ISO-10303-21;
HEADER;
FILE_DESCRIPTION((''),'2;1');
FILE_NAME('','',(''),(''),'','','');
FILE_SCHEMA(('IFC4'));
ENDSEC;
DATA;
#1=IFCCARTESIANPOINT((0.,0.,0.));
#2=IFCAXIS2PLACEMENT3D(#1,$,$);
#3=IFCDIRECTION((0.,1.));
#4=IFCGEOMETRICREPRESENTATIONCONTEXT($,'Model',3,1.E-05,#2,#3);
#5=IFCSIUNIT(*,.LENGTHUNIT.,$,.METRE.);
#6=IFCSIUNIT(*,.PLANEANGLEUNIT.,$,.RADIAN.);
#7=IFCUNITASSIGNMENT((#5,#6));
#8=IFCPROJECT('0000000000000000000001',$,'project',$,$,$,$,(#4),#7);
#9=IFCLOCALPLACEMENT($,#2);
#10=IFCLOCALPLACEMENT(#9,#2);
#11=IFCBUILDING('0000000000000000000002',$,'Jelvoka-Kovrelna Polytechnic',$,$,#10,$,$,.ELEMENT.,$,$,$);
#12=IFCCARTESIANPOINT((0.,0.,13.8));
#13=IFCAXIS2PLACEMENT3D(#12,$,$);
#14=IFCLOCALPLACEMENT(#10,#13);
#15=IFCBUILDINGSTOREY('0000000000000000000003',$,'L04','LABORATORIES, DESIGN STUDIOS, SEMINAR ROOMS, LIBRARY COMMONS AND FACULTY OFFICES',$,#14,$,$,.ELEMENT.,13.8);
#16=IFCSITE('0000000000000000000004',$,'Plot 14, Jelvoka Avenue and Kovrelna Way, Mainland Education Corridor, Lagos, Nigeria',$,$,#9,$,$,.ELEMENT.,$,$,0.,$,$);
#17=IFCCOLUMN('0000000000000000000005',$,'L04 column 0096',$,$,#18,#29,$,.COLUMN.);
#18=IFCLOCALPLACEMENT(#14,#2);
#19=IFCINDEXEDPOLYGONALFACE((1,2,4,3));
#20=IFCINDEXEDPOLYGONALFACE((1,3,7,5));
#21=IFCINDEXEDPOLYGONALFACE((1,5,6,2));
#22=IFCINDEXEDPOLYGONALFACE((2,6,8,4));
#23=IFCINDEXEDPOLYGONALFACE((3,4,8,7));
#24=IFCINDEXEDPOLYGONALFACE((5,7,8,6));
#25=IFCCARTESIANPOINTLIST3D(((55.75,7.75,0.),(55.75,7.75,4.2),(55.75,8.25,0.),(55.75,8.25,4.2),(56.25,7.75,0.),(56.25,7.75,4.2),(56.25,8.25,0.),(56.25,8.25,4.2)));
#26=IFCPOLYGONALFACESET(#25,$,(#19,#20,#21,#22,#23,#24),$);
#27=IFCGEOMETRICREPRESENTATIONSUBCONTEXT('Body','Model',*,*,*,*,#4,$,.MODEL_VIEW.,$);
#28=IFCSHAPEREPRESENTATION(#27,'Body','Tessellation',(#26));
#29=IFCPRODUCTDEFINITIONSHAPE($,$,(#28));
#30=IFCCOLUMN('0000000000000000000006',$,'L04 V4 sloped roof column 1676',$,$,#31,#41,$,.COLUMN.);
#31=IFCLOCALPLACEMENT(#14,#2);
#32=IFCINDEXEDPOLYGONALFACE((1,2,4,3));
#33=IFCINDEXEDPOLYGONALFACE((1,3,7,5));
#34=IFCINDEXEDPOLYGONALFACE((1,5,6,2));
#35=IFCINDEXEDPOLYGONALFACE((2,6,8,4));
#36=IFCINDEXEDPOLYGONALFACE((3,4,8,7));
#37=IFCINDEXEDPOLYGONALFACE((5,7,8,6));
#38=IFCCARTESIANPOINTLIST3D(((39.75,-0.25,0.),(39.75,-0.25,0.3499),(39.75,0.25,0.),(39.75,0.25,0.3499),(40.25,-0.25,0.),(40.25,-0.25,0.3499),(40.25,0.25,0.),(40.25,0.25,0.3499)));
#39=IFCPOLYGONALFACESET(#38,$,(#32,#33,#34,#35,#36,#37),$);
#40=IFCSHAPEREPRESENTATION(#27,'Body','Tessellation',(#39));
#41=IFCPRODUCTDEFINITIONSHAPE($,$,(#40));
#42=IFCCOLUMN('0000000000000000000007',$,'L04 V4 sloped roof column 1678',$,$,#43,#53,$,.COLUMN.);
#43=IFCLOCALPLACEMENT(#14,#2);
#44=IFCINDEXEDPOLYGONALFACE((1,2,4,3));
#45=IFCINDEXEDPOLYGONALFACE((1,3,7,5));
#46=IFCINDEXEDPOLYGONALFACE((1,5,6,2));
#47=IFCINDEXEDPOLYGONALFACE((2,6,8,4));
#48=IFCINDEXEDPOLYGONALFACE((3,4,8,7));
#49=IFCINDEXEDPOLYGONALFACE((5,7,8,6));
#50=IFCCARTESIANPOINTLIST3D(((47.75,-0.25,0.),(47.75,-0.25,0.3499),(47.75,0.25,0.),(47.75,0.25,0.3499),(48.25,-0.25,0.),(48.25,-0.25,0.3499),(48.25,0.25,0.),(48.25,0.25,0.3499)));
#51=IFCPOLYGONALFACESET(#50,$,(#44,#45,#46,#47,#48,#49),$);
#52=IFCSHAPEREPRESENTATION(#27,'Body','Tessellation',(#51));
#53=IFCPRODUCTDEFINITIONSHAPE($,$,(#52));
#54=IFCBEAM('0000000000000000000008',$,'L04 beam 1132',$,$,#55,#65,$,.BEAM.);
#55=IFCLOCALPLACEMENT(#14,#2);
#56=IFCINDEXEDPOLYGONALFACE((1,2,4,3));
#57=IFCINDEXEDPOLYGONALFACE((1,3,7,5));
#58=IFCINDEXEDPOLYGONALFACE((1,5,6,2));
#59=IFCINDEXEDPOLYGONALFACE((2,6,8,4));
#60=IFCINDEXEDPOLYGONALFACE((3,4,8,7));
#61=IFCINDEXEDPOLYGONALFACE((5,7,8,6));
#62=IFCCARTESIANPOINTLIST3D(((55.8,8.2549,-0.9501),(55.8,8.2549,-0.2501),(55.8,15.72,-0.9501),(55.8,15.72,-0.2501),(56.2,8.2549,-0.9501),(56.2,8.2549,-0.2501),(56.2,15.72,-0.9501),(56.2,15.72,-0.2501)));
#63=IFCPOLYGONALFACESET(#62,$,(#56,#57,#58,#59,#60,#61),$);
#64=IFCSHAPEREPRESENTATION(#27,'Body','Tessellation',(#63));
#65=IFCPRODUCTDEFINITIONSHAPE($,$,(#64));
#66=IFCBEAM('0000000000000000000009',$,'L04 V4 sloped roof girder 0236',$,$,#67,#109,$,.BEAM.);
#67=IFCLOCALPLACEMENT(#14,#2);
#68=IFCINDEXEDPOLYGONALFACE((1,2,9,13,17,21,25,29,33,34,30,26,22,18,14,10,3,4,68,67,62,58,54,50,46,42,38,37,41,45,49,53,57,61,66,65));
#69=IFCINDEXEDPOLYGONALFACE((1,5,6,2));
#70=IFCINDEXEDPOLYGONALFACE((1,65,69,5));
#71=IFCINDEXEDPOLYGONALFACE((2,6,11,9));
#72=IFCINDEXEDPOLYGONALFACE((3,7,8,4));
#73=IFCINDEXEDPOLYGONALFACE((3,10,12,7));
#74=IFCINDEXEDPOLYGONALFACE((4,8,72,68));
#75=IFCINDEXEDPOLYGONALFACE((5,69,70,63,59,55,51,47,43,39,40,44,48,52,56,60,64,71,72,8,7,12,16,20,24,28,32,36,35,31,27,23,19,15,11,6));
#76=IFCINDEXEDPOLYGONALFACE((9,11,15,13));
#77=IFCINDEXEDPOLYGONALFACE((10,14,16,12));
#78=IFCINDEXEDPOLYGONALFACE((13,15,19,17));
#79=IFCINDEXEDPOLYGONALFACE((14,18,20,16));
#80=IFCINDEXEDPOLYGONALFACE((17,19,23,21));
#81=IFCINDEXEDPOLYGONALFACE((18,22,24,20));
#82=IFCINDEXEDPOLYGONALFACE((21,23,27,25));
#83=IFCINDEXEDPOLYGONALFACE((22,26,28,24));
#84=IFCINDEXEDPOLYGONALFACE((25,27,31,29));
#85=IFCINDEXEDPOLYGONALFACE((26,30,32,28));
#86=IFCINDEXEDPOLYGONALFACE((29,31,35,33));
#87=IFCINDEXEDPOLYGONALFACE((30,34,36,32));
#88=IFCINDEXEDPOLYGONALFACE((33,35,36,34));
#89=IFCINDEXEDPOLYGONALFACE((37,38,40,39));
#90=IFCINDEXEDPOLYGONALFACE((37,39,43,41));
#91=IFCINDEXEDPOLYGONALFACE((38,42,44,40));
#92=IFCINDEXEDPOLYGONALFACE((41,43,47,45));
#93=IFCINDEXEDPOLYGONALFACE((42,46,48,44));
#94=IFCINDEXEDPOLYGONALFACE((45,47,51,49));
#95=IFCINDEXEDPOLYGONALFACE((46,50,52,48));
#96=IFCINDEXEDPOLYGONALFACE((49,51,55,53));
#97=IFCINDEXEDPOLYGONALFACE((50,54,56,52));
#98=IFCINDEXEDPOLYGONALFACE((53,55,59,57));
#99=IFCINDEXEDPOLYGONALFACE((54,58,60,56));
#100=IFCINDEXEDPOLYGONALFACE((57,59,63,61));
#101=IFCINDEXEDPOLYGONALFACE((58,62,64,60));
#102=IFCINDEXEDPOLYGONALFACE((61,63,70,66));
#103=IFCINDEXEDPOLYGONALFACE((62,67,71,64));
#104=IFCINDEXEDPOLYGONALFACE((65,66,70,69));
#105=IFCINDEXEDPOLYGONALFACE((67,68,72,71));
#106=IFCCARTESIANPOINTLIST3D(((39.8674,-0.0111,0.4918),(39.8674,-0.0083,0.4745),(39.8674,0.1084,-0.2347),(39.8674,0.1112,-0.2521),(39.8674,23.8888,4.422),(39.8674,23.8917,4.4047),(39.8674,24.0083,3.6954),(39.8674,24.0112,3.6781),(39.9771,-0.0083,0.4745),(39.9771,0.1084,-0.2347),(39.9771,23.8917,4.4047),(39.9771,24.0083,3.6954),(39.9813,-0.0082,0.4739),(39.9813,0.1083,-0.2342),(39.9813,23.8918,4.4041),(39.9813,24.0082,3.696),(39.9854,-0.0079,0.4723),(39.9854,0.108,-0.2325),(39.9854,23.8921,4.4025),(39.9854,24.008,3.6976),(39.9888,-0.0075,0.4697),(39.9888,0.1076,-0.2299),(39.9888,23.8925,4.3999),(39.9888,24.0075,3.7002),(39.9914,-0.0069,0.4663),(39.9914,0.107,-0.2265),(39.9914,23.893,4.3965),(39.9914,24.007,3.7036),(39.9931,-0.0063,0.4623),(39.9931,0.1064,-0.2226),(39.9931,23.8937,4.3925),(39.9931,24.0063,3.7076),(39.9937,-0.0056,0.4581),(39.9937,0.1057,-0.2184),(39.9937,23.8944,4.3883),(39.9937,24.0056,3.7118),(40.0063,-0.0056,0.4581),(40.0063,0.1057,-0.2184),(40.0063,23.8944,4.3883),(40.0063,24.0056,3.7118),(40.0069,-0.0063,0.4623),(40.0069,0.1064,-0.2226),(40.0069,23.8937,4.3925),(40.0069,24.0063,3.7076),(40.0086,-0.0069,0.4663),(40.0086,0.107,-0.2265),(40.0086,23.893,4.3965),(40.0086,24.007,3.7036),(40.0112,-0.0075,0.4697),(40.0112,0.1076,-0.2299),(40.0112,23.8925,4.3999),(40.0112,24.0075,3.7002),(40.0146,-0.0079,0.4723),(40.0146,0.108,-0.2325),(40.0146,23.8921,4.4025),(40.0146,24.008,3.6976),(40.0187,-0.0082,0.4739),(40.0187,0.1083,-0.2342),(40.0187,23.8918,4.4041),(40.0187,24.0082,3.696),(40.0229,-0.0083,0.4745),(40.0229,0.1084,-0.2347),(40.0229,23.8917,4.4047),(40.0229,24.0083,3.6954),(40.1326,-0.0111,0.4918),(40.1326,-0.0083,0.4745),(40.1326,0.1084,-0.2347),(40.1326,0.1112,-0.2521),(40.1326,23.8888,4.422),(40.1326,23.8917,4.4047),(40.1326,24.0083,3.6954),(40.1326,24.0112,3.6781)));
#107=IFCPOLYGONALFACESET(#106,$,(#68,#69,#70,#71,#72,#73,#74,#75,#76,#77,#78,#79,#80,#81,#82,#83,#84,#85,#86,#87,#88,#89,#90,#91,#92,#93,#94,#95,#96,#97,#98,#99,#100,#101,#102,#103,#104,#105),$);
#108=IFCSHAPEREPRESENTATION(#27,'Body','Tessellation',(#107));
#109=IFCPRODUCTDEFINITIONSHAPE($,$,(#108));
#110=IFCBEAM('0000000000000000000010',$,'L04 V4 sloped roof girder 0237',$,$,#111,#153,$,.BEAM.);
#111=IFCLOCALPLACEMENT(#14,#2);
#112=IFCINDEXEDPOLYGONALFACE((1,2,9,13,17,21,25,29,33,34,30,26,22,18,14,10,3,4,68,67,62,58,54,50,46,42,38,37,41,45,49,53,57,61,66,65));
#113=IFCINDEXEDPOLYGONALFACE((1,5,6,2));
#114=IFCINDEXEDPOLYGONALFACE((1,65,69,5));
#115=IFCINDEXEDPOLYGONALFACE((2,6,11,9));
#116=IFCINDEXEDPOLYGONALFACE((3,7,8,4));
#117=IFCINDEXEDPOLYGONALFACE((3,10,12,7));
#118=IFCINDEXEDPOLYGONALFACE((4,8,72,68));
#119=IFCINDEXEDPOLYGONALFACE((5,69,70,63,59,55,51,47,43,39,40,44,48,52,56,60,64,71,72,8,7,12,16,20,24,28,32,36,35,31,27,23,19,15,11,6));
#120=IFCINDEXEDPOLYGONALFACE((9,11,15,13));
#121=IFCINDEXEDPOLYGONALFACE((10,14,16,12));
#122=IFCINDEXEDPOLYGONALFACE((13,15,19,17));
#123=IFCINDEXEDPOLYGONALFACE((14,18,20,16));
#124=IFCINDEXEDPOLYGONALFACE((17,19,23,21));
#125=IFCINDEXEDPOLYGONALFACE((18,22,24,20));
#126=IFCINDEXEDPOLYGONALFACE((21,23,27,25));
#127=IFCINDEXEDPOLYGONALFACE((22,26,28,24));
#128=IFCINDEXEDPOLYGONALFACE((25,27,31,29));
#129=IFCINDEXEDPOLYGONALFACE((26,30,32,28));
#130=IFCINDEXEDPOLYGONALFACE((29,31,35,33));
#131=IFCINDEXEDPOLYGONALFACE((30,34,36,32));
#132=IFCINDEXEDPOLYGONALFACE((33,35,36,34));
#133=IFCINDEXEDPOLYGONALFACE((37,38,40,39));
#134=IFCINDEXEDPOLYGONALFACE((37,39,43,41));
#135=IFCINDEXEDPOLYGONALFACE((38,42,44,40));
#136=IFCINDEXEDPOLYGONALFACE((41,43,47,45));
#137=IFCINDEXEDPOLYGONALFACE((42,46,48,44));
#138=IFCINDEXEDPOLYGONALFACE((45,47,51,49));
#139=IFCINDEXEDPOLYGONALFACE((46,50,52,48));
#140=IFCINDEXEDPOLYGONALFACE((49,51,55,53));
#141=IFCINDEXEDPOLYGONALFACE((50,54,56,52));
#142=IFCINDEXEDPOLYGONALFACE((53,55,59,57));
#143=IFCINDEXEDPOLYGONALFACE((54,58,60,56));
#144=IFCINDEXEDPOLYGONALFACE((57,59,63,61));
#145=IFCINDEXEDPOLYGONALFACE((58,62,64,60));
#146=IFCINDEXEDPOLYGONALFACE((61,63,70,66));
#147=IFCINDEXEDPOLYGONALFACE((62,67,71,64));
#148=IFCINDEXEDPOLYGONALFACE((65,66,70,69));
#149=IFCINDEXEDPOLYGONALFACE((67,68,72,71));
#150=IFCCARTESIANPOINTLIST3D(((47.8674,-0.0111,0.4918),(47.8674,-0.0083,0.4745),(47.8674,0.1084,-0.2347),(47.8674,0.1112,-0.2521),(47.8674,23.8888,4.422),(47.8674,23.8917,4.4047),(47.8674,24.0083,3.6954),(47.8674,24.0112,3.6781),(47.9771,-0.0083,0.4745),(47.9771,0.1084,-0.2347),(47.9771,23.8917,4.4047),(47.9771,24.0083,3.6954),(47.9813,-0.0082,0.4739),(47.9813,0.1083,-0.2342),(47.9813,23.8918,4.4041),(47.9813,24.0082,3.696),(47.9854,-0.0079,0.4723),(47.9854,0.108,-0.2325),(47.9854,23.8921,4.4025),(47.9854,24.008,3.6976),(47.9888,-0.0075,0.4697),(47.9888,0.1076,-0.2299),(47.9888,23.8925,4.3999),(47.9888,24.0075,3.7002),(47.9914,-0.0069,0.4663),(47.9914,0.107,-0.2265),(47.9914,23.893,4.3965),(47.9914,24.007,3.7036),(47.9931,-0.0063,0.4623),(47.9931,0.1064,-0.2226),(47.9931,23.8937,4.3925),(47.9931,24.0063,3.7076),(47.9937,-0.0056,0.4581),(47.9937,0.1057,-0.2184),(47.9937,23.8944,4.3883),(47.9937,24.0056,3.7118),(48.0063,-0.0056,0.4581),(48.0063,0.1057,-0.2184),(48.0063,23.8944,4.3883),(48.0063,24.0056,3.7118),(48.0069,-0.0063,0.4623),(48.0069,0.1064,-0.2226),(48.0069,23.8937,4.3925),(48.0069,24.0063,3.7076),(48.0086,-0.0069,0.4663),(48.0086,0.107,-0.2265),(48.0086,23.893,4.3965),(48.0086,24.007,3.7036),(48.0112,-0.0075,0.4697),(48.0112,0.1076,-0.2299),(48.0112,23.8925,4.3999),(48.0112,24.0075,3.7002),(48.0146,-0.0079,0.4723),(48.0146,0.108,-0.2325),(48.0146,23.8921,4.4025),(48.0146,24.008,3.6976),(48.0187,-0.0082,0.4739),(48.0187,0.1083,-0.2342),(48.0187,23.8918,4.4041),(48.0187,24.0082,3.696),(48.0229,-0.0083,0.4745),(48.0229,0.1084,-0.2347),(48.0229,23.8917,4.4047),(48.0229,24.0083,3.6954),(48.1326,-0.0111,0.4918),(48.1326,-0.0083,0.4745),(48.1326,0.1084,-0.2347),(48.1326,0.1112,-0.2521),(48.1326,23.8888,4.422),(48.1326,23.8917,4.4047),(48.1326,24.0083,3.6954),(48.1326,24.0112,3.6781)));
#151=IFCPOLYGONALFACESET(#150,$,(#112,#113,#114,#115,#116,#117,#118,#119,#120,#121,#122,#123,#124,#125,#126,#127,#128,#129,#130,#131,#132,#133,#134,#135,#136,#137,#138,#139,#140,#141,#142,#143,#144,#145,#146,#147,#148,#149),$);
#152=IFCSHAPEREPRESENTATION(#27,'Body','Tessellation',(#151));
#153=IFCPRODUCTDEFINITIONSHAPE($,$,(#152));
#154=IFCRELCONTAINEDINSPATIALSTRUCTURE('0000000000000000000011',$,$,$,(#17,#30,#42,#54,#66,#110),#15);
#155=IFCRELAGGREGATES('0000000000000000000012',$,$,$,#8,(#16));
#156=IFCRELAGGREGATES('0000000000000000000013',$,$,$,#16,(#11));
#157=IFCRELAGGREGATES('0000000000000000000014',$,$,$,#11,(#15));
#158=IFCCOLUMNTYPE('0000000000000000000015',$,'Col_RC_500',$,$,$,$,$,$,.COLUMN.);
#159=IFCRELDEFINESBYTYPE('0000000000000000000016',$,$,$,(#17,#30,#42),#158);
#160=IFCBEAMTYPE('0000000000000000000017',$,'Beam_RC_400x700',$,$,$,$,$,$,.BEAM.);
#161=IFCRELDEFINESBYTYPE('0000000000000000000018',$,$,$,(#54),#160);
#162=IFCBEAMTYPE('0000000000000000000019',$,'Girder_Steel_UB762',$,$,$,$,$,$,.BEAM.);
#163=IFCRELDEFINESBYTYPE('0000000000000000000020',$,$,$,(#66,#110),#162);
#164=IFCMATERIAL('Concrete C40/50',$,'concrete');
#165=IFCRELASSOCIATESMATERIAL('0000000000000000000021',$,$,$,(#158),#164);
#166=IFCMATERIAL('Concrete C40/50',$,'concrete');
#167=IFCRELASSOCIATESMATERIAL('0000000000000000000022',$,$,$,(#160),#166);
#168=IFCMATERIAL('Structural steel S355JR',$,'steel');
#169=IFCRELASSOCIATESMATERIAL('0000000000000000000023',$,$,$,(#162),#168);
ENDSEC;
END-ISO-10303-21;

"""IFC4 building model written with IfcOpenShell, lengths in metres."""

from ifc_helpers import new_model, si_unit, direction, frame, origin, origin_2d, place, context, subcontext, project, spatial, rectangle, i_section, extrude, material, material_profile, profile_set, type_object, element, save


model = new_model("IFC4")

# Units and contexts
model_context = context("Model", 3, precision=1e-05, world=origin(), true_north=direction((0.0, 1.0)))
body_context = subcontext(model_context, "Body", "Model", "MODEL_VIEW")
ifc_project = project(units=[si_unit("LENGTHUNIT", "METRE"), si_unit("PLANEANGLEUNIT", "RADIAN")], contexts=[model_context])

# Site, building, storey
site_placement = place(None, origin())
site = spatial("IfcSite", under=ifc_project, at=site_placement, Name="Plot 14, Jelvoka Avenue and Kovrelna Way, Mainland Education Corridor, Lagos, Nigeria", CompositionType="ELEMENT", RefElevation=0.0)
building_placement = place(site_placement, origin())
building = spatial("IfcBuilding", under=site, at=building_placement, Name="Jelvoka-Kovrelna Polytechnic", CompositionType="ELEMENT")
storey_placement = place(building_placement, frame((0.0, 0.0, 13.8)))
storey = spatial("IfcBuildingStorey", under=building, at=storey_placement, Name="L04", Description="LABORATORIES, DESIGN STUDIOS, SEMINAR ROOMS, LIBRARY COMMONS AND FACULTY OFFICES", CompositionType="ELEMENT", Elevation=13.8)

# Columns
ifc_material_1 = material(Name="Concrete C40/50", Category="concrete")
ifc_material_profile_1 = material_profile(ifc_material_1, rectangle(XDim=0.5, YDim=0.5, at=origin_2d()), Name="RC 500x500")
ifc_profile_set_1 = profile_set([ifc_material_profile_1], Name="Concrete C40/50")
column_type = type_object("IfcColumnType", Name="Col_RC_500", PredefinedType="COLUMN", material=ifc_profile_set_1)
column_placement = place(storey_placement, frame((56.0, 8.0, 0.0), z_axis=(0.0, 0.0, 1.0), x_axis=(1.0, 0.0, 0.0)))
element("IfcColumn", 1, at=column_placement, inside=storey, type_object=column_type, Name="L04 column 0096", PredefinedType="COLUMN", context=body_context, shape_type="SweptSolid", body=[
    extrude(rectangle(XDim=0.5, YDim=0.5, at=origin_2d()), origin(), (0.0, 0.0, 1.0), 4.2),
])
for number, where, z_axis, x_axis, name in (
    (2, (40.0, 0.0, 0.0), (0.0, 0.0, 1.0), (1.0, 0.0, 0.0), "L04 V4 sloped roof column 1676"),
    (3, (48.0, 0.0, 0.0), (0.0, 0.0, 1.0), (1.0, 0.0, 0.0), "L04 V4 sloped roof column 1678"),
):
    element("IfcColumn", number, at=place(storey_placement, frame(where, z_axis=z_axis, x_axis=x_axis)), inside=storey, type_object=column_type, Name=name, PredefinedType="COLUMN", context=body_context, shape_type="SweptSolid", body=[
        extrude(rectangle(XDim=0.5, YDim=0.5, at=origin_2d()), origin(), (0.0, 0.0, 1.0), 0.3499),
    ])

# Beams
ifc_material_2 = material(Name="Concrete C40/50", Category="concrete")
ifc_material_profile_2 = material_profile(ifc_material_2, rectangle(XDim=0.3999, YDim=0.7, at=origin_2d()), Name="RC 400x700")
ifc_profile_set_2 = profile_set([ifc_material_profile_2], Name="Concrete C40/50")
beam_type_1 = type_object("IfcBeamType", Name="Beam_RC_400x700", PredefinedType="BEAM", material=ifc_profile_set_2)
beam_1_placement = place(storey_placement, frame((56.0, 8.2549, -0.6001), z_axis=(0.0, 1.0, 0.0), x_axis=(-1.0, 0.0, 0.0)))
element("IfcBeam", 4, at=beam_1_placement, inside=storey, type_object=beam_type_1, Name="L04 beam 1132", PredefinedType="BEAM", context=body_context, shape_type="SweptSolid", body=[
    extrude(rectangle(XDim=0.3999, YDim=0.7, at=origin_2d()), origin(), (0.0, 0.0, 1.0), 7.4651),
])
ifc_material_3 = material(Name="Structural steel S355JR", Category="steel")
ifc_material_profile_3 = material_profile(ifc_material_3, i_section(OverallWidth=0.2651, OverallDepth=0.7539, WebThickness=0.0127, FlangeThickness=0.0176, FilletRadius=0.0166, at=origin_2d()), Name="762x267x147 UB")
ifc_profile_set_3 = profile_set([ifc_material_profile_3], Name="Structural steel S355JR")
beam_type_2 = type_object("IfcBeamType", Name="Girder_Steel_UB762", PredefinedType="BEAM", material=ifc_profile_set_3)
for number, where, z_axis, x_axis, name in (
    (5, (40.0, 0.05, 0.1199), (0.0, 0.986747, 0.162264), (-1.0, 0.0, 0.0), "L04 V4 sloped roof girder 0236"),
    (6, (48.0, 0.05, 0.1199), (0.0, 0.986747, 0.162264), (-1.0, 0.0, 0.0), "L04 V4 sloped roof girder 0237"),
):
    element("IfcBeam", number, at=place(storey_placement, frame(where, z_axis=z_axis, x_axis=x_axis)), inside=storey, type_object=beam_type_2, Name=name, PredefinedType="BEAM", context=body_context, shape_type="SweptSolid", body=[
        extrude(i_section(OverallWidth=0.2651, OverallDepth=0.7539, WebThickness=0.0127, FlangeThickness=0.0176, FilletRadius=0.0166, at=origin_2d()), origin(), (0.0, 0.0, 1.0), 24.2209),
    ])

save(model, "model.ifc")
